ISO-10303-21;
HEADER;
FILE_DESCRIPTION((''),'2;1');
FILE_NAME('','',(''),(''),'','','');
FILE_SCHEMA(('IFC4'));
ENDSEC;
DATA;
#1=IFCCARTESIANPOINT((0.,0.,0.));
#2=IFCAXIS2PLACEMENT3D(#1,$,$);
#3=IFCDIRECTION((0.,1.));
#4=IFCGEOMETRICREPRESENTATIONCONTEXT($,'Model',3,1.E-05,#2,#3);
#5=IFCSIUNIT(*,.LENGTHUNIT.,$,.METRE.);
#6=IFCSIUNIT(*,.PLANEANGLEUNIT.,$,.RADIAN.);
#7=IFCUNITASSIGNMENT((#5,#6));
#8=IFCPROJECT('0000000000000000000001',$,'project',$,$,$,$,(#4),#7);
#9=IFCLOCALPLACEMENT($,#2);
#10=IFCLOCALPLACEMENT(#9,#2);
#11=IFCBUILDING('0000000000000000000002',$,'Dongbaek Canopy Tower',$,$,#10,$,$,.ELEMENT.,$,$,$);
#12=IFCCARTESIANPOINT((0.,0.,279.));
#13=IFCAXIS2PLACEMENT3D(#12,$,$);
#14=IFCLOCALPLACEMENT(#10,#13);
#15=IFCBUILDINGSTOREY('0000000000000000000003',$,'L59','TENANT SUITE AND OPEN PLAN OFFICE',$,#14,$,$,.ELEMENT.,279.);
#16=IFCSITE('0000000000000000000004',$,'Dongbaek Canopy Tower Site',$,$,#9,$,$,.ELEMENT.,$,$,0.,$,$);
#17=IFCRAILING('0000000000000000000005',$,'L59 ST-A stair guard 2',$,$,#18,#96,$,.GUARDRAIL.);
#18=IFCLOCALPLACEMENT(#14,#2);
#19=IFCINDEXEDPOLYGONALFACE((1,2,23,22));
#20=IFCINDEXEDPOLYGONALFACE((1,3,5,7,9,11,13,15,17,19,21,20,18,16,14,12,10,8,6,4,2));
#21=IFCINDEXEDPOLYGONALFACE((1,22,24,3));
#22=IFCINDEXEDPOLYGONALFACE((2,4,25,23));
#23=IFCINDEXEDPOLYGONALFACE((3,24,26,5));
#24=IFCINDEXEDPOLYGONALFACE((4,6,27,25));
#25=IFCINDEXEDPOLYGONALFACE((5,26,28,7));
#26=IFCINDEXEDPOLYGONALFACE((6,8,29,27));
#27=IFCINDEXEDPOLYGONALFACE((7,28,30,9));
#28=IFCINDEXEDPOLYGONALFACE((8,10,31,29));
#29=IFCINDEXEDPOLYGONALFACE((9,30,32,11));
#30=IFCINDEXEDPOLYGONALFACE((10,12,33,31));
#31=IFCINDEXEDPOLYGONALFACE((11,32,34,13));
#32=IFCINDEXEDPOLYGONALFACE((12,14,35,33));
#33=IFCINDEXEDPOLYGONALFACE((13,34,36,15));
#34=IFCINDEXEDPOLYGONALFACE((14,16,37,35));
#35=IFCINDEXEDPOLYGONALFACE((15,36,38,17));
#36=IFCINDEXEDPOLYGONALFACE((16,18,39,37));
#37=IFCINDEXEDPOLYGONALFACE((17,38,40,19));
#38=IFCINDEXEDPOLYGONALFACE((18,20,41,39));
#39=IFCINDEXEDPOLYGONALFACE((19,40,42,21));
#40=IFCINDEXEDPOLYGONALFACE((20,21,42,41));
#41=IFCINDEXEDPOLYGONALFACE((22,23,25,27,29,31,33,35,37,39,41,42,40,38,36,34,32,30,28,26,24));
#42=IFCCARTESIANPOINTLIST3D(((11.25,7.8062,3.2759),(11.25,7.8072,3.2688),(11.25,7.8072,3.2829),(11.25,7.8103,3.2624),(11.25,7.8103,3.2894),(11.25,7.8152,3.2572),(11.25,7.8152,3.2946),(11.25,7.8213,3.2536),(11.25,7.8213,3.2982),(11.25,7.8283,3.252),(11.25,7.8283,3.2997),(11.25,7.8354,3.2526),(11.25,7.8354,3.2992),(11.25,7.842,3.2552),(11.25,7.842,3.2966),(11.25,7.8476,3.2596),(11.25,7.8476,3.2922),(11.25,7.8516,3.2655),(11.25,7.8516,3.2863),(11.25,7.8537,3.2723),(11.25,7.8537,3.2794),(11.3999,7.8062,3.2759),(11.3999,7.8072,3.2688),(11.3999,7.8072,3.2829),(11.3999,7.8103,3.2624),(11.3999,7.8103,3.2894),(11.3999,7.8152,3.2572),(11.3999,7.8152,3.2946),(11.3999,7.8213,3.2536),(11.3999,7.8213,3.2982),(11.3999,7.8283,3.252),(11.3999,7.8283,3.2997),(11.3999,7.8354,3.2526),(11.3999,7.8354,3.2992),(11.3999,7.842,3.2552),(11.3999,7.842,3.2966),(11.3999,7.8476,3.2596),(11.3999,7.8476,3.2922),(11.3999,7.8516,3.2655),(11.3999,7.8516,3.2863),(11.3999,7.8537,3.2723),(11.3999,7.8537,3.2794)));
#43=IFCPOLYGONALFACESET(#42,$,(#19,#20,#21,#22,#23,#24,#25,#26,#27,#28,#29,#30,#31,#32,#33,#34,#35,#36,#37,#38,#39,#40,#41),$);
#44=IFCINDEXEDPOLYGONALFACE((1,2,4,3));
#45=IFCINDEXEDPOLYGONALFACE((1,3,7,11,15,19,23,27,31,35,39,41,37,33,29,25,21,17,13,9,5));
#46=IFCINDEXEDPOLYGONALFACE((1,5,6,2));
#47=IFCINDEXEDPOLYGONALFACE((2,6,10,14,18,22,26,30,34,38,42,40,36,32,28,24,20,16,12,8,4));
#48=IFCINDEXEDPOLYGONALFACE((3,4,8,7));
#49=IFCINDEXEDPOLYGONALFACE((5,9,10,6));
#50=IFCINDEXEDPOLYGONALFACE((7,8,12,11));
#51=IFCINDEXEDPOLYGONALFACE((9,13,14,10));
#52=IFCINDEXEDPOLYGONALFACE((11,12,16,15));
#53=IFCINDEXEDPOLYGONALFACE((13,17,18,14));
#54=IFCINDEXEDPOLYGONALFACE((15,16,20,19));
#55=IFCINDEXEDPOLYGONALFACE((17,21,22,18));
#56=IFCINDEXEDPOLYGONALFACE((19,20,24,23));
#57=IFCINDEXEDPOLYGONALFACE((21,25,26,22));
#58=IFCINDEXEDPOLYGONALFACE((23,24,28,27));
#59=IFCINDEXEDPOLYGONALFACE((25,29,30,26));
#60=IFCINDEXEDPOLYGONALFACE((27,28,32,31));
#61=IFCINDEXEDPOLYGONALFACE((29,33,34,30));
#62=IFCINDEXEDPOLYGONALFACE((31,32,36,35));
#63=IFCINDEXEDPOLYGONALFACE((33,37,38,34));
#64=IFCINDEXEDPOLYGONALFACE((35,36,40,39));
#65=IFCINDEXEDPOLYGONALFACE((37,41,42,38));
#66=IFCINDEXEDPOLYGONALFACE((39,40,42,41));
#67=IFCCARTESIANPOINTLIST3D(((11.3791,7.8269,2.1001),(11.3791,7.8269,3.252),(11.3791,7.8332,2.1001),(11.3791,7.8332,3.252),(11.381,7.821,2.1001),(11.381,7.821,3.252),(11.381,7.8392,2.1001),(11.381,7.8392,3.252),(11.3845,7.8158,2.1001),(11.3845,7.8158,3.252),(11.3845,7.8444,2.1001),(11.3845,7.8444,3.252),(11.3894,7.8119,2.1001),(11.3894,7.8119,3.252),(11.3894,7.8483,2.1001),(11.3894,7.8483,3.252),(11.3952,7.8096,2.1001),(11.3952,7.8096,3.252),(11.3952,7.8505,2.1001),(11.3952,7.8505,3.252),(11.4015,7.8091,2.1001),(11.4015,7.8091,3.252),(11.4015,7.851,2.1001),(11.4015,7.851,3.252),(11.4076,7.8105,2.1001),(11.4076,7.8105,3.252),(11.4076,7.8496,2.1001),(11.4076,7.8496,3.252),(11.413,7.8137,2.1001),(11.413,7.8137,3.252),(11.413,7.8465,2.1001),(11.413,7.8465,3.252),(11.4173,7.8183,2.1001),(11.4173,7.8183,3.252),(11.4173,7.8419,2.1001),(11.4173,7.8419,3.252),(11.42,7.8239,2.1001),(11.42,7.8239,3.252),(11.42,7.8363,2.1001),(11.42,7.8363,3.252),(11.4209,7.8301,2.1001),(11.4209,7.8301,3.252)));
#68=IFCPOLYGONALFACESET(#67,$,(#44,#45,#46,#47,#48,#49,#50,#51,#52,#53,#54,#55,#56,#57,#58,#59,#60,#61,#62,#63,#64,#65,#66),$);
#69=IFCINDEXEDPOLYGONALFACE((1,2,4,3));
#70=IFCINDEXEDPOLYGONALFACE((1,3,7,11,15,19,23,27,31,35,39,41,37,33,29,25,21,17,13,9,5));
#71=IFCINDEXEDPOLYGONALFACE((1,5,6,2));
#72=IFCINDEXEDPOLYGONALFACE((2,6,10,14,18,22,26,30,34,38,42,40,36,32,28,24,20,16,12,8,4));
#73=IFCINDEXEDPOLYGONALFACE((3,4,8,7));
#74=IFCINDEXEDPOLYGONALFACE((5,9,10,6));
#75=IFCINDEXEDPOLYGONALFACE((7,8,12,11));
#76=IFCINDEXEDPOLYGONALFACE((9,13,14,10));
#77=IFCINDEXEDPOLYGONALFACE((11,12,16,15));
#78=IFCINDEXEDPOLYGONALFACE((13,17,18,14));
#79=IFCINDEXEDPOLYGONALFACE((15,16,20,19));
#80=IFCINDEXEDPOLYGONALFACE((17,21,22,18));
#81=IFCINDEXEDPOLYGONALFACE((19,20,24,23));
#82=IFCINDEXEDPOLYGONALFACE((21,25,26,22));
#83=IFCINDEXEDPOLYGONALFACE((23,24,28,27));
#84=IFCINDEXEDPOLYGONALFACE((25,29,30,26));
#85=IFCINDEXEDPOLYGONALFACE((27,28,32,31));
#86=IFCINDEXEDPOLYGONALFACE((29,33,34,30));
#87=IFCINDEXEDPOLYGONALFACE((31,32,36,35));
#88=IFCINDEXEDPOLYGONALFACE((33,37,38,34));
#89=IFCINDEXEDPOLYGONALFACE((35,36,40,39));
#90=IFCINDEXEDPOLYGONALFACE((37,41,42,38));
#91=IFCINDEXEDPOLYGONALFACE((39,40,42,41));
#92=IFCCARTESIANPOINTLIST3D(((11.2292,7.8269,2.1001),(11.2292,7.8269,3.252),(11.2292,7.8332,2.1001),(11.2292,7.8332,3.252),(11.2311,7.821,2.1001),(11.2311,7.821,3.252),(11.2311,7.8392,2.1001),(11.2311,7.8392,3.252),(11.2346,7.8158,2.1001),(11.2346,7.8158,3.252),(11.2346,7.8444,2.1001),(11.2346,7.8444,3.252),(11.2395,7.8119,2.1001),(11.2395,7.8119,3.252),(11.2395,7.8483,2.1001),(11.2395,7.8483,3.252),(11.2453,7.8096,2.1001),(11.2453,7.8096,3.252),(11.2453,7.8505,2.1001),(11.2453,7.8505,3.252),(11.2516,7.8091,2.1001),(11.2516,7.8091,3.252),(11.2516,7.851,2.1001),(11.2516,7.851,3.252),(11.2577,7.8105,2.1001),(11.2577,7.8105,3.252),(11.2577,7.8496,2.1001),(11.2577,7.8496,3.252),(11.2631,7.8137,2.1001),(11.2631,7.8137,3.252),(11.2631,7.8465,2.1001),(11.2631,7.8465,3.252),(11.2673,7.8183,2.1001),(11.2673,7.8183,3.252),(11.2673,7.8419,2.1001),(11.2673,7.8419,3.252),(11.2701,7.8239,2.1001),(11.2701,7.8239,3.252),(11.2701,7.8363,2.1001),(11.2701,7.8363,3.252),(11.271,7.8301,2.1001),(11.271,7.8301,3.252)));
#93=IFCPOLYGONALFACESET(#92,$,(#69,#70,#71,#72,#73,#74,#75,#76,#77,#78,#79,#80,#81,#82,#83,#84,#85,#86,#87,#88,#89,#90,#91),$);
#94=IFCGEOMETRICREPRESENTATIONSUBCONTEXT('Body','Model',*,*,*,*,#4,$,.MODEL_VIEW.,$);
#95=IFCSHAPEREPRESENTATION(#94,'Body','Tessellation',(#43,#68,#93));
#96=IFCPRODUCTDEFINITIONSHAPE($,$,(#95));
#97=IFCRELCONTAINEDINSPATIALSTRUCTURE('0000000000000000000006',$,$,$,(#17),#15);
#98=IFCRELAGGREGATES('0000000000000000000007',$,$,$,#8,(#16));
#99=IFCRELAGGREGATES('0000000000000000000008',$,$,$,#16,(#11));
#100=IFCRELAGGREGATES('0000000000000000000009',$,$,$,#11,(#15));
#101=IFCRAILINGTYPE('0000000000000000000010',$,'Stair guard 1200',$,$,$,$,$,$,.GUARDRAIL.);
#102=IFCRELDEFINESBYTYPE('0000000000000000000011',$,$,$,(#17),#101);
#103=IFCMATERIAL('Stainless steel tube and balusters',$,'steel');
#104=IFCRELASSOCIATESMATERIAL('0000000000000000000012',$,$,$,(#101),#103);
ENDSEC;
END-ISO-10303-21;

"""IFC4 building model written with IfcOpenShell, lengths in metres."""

from ifc_helpers import new_model, si_unit, direction, frame, origin, origin_2d, place, context, subcontext, project, spatial, circle, extrude, material, type_object, element, save


model = new_model("IFC4")

# Units and contexts
model_context = context("Model", 3, precision=1e-05, world=origin(), true_north=direction((0.0, 1.0)))
body_context = subcontext(model_context, "Body", "Model", "MODEL_VIEW")
ifc_project = project(units=[si_unit("LENGTHUNIT", "METRE"), si_unit("PLANEANGLEUNIT", "RADIAN")], contexts=[model_context])

# Site, building, storey
site_placement = place(None, origin())
site = spatial("IfcSite", under=ifc_project, at=site_placement, Name="Dongbaek Canopy Tower Site", CompositionType="ELEMENT", RefElevation=0.0)
building_placement = place(site_placement, origin())
building = spatial("IfcBuilding", under=site, at=building_placement, Name="Dongbaek Canopy Tower", CompositionType="ELEMENT")
storey_placement = place(building_placement, frame((0.0, 0.0, 279.0)))
storey = spatial("IfcBuildingStorey", under=building, at=storey_placement, Name="L59", Description="TENANT SUITE AND OPEN PLAN OFFICE", CompositionType="ELEMENT", Elevation=279.0)

# Railing
ifc_material_1 = material(Name="Stainless steel tube and balusters", Category="steel")
railing_type_1 = type_object("IfcRailingType", Name="Stair guard 1200", PredefinedType="GUARDRAIL", material=ifc_material_1)
railing_1_placement = place(storey_placement, frame((11.3999, 7.8301, 2.1001)))
element("IfcRailing", 1, at=railing_1_placement, inside=storey, type_object=railing_type_1, Name="L59 ST-A stair guard 2", PredefinedType="GUARDRAIL", context=body_context, shape_type="SweptSolid", body=[
    extrude(circle(Radius=0.0239, at=origin_2d()), frame((0.0, 0.0, 1.1758), z_axis=(-1.0, 0.0, 0.0), x_axis=(0.0, -1.0, 0.0)), (0.0, 0.0, 1.0), 0.1499),
    extrude(circle(Radius=0.021, at=origin_2d()), origin(), (0.0, 0.0, 1.0), 1.1519),
    extrude(circle(Radius=0.021, at=origin_2d()), frame((-0.1499, 0.0, 0.0)), (0.0, 0.0, 1.0), 1.1519),
])

save(model, "model.ifc")
